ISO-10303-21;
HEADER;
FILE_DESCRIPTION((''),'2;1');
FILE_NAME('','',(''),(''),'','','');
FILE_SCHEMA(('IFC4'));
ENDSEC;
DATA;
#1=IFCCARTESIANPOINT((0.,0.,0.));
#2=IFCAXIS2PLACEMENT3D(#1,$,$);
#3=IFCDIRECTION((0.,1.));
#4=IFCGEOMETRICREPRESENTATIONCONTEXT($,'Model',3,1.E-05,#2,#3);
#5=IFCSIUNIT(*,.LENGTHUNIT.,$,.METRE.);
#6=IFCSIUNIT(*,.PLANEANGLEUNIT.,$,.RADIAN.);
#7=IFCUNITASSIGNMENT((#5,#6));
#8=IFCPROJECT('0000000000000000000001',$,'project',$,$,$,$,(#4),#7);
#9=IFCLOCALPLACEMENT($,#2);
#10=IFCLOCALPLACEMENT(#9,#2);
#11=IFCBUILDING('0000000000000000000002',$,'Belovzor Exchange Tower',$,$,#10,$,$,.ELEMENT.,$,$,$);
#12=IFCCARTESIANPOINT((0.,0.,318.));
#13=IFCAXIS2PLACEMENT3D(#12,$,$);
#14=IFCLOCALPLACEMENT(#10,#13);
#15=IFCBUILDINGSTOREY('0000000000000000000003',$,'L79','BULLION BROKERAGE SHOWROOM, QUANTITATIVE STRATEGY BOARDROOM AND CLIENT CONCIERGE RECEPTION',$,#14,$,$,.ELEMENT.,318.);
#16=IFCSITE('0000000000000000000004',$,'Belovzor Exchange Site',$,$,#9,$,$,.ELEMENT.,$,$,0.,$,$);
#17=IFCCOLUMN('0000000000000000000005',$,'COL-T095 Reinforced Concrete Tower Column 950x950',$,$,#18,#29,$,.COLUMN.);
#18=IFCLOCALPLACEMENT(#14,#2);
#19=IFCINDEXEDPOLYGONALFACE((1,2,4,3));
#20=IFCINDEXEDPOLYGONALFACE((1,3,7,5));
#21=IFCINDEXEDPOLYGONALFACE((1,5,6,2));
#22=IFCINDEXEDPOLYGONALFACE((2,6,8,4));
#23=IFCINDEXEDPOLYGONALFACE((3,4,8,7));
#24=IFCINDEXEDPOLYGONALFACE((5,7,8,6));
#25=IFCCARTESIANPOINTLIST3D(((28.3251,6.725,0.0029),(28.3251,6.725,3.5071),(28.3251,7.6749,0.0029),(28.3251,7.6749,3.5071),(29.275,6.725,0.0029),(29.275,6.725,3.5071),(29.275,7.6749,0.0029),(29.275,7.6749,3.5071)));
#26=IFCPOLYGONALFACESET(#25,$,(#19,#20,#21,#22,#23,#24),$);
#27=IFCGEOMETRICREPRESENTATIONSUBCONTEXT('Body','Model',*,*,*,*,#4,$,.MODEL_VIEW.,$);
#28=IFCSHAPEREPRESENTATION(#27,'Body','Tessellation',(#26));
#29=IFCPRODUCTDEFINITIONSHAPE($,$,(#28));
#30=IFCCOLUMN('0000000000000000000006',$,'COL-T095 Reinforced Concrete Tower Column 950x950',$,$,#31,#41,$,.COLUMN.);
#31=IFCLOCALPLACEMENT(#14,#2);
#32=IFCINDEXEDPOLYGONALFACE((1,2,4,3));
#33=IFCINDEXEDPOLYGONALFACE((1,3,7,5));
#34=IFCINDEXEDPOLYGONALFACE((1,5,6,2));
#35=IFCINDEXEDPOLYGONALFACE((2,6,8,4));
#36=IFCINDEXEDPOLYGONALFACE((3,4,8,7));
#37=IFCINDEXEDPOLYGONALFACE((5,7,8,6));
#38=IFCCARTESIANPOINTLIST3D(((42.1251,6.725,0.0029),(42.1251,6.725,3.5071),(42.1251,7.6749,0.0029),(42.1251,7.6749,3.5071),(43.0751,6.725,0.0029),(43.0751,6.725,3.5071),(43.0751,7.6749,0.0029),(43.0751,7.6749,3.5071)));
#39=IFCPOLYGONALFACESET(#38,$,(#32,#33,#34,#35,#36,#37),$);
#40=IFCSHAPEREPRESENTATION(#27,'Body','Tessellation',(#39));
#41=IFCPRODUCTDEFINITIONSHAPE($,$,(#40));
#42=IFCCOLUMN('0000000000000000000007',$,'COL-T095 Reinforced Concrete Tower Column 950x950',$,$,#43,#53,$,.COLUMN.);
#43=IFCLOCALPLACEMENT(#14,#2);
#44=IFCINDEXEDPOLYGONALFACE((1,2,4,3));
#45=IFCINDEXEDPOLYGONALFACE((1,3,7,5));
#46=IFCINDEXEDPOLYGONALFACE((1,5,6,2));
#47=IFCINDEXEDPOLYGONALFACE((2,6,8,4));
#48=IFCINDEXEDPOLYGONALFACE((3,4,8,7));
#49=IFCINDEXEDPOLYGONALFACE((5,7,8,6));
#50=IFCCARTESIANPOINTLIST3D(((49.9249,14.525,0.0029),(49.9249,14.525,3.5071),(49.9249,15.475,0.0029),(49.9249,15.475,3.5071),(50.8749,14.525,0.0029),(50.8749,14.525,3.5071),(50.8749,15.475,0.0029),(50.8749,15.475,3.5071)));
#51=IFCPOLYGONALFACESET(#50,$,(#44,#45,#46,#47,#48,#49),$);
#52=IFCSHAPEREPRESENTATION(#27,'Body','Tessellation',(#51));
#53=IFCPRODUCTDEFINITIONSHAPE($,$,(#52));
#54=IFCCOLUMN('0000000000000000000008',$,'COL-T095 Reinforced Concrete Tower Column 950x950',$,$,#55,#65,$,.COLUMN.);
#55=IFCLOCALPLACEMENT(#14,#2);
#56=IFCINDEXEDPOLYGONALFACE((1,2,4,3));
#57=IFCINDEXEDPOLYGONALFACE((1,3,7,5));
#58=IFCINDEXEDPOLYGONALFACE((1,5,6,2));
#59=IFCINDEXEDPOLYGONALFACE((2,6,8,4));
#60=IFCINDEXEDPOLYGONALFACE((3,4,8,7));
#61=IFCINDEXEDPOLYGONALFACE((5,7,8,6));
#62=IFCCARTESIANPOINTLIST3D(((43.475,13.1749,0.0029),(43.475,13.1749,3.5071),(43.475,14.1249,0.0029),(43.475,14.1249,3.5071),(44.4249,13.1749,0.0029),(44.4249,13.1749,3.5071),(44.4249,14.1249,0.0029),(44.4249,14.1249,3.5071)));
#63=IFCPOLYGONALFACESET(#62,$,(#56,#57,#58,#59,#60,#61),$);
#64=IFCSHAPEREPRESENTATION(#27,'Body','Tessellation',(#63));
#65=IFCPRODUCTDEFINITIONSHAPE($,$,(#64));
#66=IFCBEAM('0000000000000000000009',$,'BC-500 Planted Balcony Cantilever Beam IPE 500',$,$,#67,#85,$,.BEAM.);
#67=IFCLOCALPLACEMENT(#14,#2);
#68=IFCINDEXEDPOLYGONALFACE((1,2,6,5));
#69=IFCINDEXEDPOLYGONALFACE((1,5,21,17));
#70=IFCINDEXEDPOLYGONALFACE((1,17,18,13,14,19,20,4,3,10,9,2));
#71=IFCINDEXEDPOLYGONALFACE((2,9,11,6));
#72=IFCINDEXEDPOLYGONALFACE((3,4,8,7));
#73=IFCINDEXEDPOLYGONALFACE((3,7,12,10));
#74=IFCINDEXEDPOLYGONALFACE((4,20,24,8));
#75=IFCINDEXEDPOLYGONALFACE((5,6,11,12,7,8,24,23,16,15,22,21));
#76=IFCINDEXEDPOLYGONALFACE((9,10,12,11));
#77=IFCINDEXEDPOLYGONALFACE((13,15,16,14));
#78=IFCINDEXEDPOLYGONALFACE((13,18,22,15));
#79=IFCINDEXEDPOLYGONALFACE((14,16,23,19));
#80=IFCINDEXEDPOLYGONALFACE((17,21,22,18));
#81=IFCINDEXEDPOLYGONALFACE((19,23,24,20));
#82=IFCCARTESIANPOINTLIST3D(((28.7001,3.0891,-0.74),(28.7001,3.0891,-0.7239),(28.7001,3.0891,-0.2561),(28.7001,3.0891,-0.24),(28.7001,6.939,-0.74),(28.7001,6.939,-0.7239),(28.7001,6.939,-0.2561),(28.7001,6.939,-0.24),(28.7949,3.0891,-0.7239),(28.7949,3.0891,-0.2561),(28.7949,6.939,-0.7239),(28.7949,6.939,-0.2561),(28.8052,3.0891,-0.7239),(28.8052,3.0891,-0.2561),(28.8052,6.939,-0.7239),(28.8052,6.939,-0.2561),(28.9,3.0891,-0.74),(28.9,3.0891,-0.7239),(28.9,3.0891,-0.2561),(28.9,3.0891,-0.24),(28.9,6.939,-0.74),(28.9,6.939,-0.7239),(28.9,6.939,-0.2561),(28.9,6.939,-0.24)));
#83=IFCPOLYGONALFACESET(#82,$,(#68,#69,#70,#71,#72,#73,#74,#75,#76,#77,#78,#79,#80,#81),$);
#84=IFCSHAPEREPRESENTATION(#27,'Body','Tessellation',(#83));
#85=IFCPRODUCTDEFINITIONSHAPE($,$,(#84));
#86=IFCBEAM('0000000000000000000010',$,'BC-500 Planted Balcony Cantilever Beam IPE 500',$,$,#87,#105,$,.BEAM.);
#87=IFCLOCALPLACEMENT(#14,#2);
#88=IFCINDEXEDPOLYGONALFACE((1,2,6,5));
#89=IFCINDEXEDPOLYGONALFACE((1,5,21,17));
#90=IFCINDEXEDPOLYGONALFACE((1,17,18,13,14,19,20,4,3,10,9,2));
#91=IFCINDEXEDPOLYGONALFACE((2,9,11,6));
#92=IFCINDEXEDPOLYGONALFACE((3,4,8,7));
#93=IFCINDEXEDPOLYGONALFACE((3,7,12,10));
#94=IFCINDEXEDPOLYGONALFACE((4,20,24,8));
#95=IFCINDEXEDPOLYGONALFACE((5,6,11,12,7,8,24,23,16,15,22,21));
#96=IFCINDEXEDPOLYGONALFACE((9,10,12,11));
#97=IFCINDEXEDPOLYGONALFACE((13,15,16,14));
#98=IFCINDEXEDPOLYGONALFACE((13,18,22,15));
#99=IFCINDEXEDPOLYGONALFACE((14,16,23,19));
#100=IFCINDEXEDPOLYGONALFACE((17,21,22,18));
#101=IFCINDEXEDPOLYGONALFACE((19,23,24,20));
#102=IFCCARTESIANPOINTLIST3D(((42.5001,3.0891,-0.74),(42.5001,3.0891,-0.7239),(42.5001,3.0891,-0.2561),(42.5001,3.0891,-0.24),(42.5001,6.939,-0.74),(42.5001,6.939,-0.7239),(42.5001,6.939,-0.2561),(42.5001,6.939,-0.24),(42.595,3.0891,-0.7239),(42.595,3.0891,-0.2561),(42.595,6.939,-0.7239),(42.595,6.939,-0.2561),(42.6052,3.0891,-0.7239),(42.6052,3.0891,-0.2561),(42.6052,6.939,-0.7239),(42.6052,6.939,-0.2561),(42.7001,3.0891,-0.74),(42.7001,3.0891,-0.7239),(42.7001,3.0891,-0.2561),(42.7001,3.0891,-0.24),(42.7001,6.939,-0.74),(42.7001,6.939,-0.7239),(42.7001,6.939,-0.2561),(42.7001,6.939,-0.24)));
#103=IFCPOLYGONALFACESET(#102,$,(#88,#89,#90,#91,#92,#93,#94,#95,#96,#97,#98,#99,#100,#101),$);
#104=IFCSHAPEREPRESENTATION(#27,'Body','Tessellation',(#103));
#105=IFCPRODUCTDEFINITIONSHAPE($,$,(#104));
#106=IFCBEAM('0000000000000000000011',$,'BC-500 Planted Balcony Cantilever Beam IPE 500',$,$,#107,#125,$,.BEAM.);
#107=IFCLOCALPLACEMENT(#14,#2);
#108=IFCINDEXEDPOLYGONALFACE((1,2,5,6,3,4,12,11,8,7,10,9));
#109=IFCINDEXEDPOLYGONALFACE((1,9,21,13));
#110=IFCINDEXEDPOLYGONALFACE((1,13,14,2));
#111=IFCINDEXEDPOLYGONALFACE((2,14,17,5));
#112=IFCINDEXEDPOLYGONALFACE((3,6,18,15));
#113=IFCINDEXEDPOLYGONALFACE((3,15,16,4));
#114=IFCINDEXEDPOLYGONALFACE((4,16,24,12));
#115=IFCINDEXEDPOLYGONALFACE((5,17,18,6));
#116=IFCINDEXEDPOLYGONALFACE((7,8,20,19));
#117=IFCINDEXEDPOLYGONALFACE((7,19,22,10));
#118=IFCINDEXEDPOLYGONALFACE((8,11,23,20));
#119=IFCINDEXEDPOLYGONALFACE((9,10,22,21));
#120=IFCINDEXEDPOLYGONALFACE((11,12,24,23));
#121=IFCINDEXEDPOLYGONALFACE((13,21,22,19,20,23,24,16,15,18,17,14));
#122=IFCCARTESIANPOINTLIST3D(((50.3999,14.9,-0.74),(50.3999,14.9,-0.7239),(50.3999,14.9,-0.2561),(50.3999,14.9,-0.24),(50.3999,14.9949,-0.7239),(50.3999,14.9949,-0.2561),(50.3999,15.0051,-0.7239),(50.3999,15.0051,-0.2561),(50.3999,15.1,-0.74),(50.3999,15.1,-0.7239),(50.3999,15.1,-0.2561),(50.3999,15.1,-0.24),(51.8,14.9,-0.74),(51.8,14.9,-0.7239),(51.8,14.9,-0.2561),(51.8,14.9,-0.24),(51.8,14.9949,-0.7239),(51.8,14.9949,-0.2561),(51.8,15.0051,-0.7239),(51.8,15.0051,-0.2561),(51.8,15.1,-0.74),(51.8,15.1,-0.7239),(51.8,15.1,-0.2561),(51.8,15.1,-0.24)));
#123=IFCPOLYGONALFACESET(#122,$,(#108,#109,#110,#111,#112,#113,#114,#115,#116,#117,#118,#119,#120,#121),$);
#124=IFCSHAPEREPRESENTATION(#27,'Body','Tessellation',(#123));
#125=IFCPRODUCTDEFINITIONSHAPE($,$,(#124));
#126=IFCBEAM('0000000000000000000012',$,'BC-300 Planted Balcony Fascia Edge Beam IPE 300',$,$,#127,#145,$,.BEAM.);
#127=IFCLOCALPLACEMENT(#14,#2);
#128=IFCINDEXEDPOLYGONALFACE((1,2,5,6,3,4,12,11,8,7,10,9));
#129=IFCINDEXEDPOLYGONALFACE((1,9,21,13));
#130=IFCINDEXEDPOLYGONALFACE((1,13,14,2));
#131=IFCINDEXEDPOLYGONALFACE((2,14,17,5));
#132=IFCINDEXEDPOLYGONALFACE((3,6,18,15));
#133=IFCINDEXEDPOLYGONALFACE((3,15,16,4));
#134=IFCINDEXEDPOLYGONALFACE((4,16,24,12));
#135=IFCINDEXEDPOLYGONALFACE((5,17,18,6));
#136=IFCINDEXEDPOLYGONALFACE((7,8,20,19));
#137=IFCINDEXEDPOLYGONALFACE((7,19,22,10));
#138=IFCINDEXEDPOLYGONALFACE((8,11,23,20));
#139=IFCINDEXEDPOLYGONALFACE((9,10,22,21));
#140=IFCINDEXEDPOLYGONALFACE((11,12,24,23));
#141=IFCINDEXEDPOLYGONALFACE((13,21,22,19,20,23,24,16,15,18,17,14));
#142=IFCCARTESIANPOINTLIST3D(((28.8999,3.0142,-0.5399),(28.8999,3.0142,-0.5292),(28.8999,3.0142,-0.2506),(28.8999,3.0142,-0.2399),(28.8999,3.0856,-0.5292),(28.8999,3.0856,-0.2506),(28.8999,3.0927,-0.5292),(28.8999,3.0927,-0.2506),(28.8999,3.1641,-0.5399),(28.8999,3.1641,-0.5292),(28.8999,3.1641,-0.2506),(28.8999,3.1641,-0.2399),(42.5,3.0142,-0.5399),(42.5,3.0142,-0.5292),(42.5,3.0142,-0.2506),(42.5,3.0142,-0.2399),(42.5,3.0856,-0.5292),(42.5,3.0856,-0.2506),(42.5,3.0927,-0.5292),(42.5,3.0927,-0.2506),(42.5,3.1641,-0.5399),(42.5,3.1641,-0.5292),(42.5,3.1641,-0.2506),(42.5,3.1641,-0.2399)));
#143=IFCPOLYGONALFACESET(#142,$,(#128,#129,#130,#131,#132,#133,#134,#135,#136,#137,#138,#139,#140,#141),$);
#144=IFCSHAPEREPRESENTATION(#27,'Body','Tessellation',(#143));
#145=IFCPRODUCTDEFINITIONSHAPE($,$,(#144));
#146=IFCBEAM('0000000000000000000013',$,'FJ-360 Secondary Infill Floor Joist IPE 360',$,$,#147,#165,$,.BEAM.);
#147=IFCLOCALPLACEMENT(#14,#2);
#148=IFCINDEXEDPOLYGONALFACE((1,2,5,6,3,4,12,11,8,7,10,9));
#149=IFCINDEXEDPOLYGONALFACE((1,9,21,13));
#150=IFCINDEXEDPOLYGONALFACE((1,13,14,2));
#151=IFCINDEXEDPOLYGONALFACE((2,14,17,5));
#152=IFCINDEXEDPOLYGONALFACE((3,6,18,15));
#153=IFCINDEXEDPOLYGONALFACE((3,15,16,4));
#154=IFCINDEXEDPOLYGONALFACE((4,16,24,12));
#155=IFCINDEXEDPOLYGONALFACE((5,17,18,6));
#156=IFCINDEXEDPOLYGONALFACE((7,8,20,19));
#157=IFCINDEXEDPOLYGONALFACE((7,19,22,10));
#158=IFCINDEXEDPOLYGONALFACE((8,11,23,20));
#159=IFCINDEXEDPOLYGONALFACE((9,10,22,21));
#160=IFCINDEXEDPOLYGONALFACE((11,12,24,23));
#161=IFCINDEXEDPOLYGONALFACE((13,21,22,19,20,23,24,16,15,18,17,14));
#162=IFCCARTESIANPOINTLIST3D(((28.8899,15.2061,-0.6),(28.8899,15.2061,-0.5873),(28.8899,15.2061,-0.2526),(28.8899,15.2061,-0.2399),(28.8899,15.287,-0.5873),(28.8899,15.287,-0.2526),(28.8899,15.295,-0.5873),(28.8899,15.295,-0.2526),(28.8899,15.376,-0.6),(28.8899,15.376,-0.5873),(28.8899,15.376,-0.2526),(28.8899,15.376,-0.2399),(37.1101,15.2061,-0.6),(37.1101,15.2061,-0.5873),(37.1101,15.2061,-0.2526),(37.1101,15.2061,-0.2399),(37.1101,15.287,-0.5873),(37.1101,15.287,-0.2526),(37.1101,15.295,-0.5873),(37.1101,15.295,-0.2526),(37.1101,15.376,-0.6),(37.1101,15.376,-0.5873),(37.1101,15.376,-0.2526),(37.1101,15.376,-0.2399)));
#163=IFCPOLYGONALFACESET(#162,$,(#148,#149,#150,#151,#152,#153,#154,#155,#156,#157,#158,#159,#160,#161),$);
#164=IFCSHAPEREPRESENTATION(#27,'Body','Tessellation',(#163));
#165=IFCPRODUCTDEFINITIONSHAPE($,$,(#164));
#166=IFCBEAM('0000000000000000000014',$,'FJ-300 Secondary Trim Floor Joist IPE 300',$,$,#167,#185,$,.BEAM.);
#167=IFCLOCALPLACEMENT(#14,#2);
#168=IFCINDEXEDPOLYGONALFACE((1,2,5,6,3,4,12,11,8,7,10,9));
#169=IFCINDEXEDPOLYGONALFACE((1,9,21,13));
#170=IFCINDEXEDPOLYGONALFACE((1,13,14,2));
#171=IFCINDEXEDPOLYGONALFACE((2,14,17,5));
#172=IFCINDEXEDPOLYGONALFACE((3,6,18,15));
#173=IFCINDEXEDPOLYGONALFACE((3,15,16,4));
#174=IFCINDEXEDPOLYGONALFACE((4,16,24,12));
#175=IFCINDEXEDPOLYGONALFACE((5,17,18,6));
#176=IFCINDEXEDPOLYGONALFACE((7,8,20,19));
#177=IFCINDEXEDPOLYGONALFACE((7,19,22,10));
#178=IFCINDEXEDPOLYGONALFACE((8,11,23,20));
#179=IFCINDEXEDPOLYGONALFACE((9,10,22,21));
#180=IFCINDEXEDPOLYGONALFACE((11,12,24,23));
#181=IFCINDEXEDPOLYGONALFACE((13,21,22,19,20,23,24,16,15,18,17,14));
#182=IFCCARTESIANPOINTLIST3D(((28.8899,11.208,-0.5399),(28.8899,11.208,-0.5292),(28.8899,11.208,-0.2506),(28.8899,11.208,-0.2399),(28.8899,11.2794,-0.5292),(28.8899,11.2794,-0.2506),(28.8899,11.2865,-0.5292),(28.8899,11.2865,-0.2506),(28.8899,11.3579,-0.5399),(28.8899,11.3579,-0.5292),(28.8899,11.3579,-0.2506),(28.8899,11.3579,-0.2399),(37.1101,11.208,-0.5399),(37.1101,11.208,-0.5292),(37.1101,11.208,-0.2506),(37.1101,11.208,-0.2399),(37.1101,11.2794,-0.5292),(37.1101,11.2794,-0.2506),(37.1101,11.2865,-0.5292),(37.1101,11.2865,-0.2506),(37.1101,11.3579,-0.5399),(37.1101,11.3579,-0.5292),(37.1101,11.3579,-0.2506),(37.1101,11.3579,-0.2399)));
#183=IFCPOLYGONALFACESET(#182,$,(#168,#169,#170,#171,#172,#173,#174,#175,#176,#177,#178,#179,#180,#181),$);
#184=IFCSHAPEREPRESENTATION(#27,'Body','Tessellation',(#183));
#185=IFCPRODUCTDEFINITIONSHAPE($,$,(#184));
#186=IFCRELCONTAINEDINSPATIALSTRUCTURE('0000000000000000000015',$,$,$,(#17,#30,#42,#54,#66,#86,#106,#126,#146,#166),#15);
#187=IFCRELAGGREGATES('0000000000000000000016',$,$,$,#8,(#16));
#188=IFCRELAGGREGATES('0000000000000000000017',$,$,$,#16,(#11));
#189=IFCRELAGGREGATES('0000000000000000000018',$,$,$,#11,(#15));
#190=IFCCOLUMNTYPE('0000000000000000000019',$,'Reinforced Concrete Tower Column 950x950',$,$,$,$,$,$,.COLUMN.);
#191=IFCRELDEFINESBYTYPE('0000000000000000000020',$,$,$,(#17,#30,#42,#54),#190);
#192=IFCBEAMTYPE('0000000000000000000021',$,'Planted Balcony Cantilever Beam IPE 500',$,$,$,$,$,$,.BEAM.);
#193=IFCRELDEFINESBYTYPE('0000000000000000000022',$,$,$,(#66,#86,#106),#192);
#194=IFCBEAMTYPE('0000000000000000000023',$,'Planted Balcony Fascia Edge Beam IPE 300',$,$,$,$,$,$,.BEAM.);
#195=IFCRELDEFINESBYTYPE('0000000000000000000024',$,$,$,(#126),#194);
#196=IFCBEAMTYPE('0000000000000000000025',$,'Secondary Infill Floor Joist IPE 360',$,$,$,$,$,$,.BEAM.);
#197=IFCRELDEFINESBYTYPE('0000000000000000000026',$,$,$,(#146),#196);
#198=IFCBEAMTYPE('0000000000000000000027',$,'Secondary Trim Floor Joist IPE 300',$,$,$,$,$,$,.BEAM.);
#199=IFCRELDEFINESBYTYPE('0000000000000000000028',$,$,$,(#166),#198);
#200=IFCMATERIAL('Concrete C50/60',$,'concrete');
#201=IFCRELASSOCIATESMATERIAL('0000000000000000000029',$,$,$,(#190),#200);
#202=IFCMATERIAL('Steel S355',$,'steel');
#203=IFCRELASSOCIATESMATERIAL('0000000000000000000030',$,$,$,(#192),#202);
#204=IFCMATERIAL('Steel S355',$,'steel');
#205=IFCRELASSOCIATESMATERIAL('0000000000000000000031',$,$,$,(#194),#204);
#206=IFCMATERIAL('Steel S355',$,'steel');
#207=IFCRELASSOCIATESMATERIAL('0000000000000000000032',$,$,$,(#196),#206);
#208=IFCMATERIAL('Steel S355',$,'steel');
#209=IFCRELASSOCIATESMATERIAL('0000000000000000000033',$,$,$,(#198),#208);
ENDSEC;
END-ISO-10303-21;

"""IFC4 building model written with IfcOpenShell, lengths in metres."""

from ifc_helpers import new_model, si_unit, direction, frame, origin, origin_2d, place, context, subcontext, project, spatial, rectangle, i_section, extrude, material, material_profile, profile_set, type_object, element, save


model = new_model("IFC4")

# Units and contexts
model_context = context("Model", 3, precision=1e-05, world=origin(), true_north=direction((0.0, 1.0)))
body_context = subcontext(model_context, "Body", "Model", "MODEL_VIEW")
ifc_project = project(units=[si_unit("LENGTHUNIT", "METRE"), si_unit("PLANEANGLEUNIT", "RADIAN")], contexts=[model_context])

# Site, building, storey
site_placement = place(None, origin())
site = spatial("IfcSite", under=ifc_project, at=site_placement, Name="Belovzor Exchange Site", CompositionType="ELEMENT", RefElevation=0.0)
building_placement = place(site_placement, origin())
building = spatial("IfcBuilding", under=site, at=building_placement, Name="Belovzor Exchange Tower", CompositionType="ELEMENT")
storey_placement = place(building_placement, frame((0.0, 0.0, 318.0)))
storey = spatial("IfcBuildingStorey", under=building, at=storey_placement, Name="L79", Description="BULLION BROKERAGE SHOWROOM, QUANTITATIVE STRATEGY BOARDROOM AND CLIENT CONCIERGE RECEPTION", CompositionType="ELEMENT", Elevation=318.0)

# Columns
ifc_material_1 = material(Name="Concrete C50/60", Category="concrete")
ifc_material_profile_1 = material_profile(ifc_material_1, rectangle(XDim=0.95, YDim=0.95, at=origin_2d()))
ifc_profile_set_1 = profile_set([ifc_material_profile_1], Name="Concrete C50/60")
column_type = type_object("IfcColumnType", Name="Reinforced Concrete Tower Column 950x950", PredefinedType="COLUMN", material=ifc_profile_set_1)
for number, where, z_axis, x_axis, name in (
    (1, (28.8, 7.2, 0.0029), (0.0, 0.0, 1.0), (1.0, 0.0, 0.0), "COL-T095 Reinforced Concrete Tower Column 950x950"),
    (2, (42.6001, 7.2, 0.0029), (0.0, 0.0, 1.0), (1.0, 0.0, 0.0), "COL-T095 Reinforced Concrete Tower Column 950x950"),
    (3, (50.3999, 15.0, 0.0029), (0.0, 0.0, 1.0), (1.0, 0.0, 0.0), "COL-T095 Reinforced Concrete Tower Column 950x950"),
    (4, (43.95, 13.6499, 0.0029), (0.0, 0.0, 1.0), (1.0, 0.0, 0.0), "COL-T095 Reinforced Concrete Tower Column 950x950"),
):
    element("IfcColumn", number, at=place(storey_placement, frame(where, z_axis=z_axis, x_axis=x_axis)), inside=storey, type_object=column_type, Name=name, PredefinedType="COLUMN", context=body_context, shape_type="SweptSolid", body=[
        extrude(rectangle(XDim=0.95, YDim=0.95, at=origin_2d()), origin(), (0.0, 0.0, 1.0), 3.5042),
    ])

# Beams
ifc_material_2 = material(Name="Steel S355", Category="steel")
ifc_material_profile_2 = material_profile(ifc_material_2, i_section(OverallWidth=0.2, OverallDepth=0.5, WebThickness=0.0103, FlangeThickness=0.0161, at=origin_2d()))
ifc_profile_set_2 = profile_set([ifc_material_profile_2], Name="Steel S355")
beam_type_1 = type_object("IfcBeamType", Name="Planted Balcony Cantilever Beam IPE 500", PredefinedType="BEAM", material=ifc_profile_set_2)
for number, where, z_axis, x_axis, name in (
    (5, (28.8, 6.939, -0.49), (0.0, -1.0, 0.0), (1.0, 0.0, 0.0), "BC-500 Planted Balcony Cantilever Beam IPE 500"),
    (6, (42.6001, 6.939, -0.49), (0.0, -1.0, 0.0), (1.0, 0.0, 0.0), "BC-500 Planted Balcony Cantilever Beam IPE 500"),
):
    element("IfcBeam", number, at=place(storey_placement, frame(where, z_axis=z_axis, x_axis=x_axis)), inside=storey, type_object=beam_type_1, Name=name, PredefinedType="BEAM", context=body_context, shape_type="SweptSolid", body=[
        extrude(i_section(OverallWidth=0.2, OverallDepth=0.5, WebThickness=0.0103, FlangeThickness=0.0161, at=origin_2d()), origin(), (0.0, 0.0, 1.0), 3.8499),
    ])
beam_1_placement = place(storey_placement, frame((50.3999, 15.0, -0.49), z_axis=(1.0, 0.0, 0.0), x_axis=(0.0, 1.0, 0.0)))
element("IfcBeam", 7, at=beam_1_placement, inside=storey, type_object=beam_type_1, Name="BC-500 Planted Balcony Cantilever Beam IPE 500", PredefinedType="BEAM", context=body_context, shape_type="SweptSolid", body=[
    extrude(i_section(OverallWidth=0.2, OverallDepth=0.5, WebThickness=0.0103, FlangeThickness=0.0161, at=origin_2d()), origin(), (0.0, 0.0, 1.0), 1.4001),
])
ifc_material_3 = material(Name="Steel S355", Category="steel")
ifc_material_profile_3 = material_profile(ifc_material_3, i_section(OverallWidth=0.1499, OverallDepth=0.3, WebThickness=0.0071, FlangeThickness=0.0107, at=origin_2d()))
ifc_profile_set_3 = profile_set([ifc_material_profile_3], Name="Steel S355")
beam_type_2 = type_object("IfcBeamType", Name="Planted Balcony Fascia Edge Beam IPE 300", PredefinedType="BEAM", material=ifc_profile_set_3)
beam_2_placement = place(storey_placement, frame((28.8999, 3.0891, -0.3899), z_axis=(1.0, 0.0, 0.0), x_axis=(0.0, 1.0, 0.0)))
element("IfcBeam", 8, at=beam_2_placement, inside=storey, type_object=beam_type_2, Name="BC-300 Planted Balcony Fascia Edge Beam IPE 300", PredefinedType="BEAM", context=body_context, shape_type="SweptSolid", body=[
    extrude(i_section(OverallWidth=0.1499, OverallDepth=0.3, WebThickness=0.0071, FlangeThickness=0.0107, at=origin_2d()), origin(), (0.0, 0.0, 1.0), 13.6001),
])
ifc_material_4 = material(Name="Steel S355", Category="steel")
ifc_material_profile_4 = material_profile(ifc_material_4, i_section(OverallWidth=0.1699, OverallDepth=0.3601, WebThickness=0.0081, FlangeThickness=0.0127, at=origin_2d()))
ifc_profile_set_4 = profile_set([ifc_material_profile_4], Name="Steel S355")
beam_type_3 = type_object("IfcBeamType", Name="Secondary Infill Floor Joist IPE 360", PredefinedType="BEAM", material=ifc_profile_set_4)
beam_3_placement = place(storey_placement, frame((28.8899, 15.291, -0.4199), z_axis=(1.0, 0.0, 0.0), x_axis=(0.0, 1.0, 0.0)))
element("IfcBeam", 9, at=beam_3_placement, inside=storey, type_object=beam_type_3, Name="FJ-360 Secondary Infill Floor Joist IPE 360", PredefinedType="BEAM", context=body_context, shape_type="SweptSolid", body=[
    extrude(i_section(OverallWidth=0.1699, OverallDepth=0.3601, WebThickness=0.0081, FlangeThickness=0.0127, at=origin_2d()), origin(), (0.0, 0.0, 1.0), 8.2202),
])
ifc_material_5 = material(Name="Steel S355", Category="steel")
ifc_material_profile_5 = material_profile(ifc_material_5, i_section(OverallWidth=0.1499, OverallDepth=0.3, WebThickness=0.0071, FlangeThickness=0.0107, at=origin_2d()))
ifc_profile_set_5 = profile_set([ifc_material_profile_5], Name="Steel S355")
beam_type_4 = type_object("IfcBeamType", Name="Secondary Trim Floor Joist IPE 300", PredefinedType="BEAM", material=ifc_profile_set_5)
beam_4_placement = place(storey_placement, frame((28.8899, 11.283, -0.3899), z_axis=(1.0, 0.0, 0.0), x_axis=(0.0, 1.0, 0.0)))
element("IfcBeam", 10, at=beam_4_placement, inside=storey, type_object=beam_type_4, Name="FJ-300 Secondary Trim Floor Joist IPE 300", PredefinedType="BEAM", context=body_context, shape_type="SweptSolid", body=[
    extrude(i_section(OverallWidth=0.1499, OverallDepth=0.3, WebThickness=0.0071, FlangeThickness=0.0107, at=origin_2d()), origin(), (0.0, 0.0, 1.0), 8.2202),
])

save(model, "model.ifc")
